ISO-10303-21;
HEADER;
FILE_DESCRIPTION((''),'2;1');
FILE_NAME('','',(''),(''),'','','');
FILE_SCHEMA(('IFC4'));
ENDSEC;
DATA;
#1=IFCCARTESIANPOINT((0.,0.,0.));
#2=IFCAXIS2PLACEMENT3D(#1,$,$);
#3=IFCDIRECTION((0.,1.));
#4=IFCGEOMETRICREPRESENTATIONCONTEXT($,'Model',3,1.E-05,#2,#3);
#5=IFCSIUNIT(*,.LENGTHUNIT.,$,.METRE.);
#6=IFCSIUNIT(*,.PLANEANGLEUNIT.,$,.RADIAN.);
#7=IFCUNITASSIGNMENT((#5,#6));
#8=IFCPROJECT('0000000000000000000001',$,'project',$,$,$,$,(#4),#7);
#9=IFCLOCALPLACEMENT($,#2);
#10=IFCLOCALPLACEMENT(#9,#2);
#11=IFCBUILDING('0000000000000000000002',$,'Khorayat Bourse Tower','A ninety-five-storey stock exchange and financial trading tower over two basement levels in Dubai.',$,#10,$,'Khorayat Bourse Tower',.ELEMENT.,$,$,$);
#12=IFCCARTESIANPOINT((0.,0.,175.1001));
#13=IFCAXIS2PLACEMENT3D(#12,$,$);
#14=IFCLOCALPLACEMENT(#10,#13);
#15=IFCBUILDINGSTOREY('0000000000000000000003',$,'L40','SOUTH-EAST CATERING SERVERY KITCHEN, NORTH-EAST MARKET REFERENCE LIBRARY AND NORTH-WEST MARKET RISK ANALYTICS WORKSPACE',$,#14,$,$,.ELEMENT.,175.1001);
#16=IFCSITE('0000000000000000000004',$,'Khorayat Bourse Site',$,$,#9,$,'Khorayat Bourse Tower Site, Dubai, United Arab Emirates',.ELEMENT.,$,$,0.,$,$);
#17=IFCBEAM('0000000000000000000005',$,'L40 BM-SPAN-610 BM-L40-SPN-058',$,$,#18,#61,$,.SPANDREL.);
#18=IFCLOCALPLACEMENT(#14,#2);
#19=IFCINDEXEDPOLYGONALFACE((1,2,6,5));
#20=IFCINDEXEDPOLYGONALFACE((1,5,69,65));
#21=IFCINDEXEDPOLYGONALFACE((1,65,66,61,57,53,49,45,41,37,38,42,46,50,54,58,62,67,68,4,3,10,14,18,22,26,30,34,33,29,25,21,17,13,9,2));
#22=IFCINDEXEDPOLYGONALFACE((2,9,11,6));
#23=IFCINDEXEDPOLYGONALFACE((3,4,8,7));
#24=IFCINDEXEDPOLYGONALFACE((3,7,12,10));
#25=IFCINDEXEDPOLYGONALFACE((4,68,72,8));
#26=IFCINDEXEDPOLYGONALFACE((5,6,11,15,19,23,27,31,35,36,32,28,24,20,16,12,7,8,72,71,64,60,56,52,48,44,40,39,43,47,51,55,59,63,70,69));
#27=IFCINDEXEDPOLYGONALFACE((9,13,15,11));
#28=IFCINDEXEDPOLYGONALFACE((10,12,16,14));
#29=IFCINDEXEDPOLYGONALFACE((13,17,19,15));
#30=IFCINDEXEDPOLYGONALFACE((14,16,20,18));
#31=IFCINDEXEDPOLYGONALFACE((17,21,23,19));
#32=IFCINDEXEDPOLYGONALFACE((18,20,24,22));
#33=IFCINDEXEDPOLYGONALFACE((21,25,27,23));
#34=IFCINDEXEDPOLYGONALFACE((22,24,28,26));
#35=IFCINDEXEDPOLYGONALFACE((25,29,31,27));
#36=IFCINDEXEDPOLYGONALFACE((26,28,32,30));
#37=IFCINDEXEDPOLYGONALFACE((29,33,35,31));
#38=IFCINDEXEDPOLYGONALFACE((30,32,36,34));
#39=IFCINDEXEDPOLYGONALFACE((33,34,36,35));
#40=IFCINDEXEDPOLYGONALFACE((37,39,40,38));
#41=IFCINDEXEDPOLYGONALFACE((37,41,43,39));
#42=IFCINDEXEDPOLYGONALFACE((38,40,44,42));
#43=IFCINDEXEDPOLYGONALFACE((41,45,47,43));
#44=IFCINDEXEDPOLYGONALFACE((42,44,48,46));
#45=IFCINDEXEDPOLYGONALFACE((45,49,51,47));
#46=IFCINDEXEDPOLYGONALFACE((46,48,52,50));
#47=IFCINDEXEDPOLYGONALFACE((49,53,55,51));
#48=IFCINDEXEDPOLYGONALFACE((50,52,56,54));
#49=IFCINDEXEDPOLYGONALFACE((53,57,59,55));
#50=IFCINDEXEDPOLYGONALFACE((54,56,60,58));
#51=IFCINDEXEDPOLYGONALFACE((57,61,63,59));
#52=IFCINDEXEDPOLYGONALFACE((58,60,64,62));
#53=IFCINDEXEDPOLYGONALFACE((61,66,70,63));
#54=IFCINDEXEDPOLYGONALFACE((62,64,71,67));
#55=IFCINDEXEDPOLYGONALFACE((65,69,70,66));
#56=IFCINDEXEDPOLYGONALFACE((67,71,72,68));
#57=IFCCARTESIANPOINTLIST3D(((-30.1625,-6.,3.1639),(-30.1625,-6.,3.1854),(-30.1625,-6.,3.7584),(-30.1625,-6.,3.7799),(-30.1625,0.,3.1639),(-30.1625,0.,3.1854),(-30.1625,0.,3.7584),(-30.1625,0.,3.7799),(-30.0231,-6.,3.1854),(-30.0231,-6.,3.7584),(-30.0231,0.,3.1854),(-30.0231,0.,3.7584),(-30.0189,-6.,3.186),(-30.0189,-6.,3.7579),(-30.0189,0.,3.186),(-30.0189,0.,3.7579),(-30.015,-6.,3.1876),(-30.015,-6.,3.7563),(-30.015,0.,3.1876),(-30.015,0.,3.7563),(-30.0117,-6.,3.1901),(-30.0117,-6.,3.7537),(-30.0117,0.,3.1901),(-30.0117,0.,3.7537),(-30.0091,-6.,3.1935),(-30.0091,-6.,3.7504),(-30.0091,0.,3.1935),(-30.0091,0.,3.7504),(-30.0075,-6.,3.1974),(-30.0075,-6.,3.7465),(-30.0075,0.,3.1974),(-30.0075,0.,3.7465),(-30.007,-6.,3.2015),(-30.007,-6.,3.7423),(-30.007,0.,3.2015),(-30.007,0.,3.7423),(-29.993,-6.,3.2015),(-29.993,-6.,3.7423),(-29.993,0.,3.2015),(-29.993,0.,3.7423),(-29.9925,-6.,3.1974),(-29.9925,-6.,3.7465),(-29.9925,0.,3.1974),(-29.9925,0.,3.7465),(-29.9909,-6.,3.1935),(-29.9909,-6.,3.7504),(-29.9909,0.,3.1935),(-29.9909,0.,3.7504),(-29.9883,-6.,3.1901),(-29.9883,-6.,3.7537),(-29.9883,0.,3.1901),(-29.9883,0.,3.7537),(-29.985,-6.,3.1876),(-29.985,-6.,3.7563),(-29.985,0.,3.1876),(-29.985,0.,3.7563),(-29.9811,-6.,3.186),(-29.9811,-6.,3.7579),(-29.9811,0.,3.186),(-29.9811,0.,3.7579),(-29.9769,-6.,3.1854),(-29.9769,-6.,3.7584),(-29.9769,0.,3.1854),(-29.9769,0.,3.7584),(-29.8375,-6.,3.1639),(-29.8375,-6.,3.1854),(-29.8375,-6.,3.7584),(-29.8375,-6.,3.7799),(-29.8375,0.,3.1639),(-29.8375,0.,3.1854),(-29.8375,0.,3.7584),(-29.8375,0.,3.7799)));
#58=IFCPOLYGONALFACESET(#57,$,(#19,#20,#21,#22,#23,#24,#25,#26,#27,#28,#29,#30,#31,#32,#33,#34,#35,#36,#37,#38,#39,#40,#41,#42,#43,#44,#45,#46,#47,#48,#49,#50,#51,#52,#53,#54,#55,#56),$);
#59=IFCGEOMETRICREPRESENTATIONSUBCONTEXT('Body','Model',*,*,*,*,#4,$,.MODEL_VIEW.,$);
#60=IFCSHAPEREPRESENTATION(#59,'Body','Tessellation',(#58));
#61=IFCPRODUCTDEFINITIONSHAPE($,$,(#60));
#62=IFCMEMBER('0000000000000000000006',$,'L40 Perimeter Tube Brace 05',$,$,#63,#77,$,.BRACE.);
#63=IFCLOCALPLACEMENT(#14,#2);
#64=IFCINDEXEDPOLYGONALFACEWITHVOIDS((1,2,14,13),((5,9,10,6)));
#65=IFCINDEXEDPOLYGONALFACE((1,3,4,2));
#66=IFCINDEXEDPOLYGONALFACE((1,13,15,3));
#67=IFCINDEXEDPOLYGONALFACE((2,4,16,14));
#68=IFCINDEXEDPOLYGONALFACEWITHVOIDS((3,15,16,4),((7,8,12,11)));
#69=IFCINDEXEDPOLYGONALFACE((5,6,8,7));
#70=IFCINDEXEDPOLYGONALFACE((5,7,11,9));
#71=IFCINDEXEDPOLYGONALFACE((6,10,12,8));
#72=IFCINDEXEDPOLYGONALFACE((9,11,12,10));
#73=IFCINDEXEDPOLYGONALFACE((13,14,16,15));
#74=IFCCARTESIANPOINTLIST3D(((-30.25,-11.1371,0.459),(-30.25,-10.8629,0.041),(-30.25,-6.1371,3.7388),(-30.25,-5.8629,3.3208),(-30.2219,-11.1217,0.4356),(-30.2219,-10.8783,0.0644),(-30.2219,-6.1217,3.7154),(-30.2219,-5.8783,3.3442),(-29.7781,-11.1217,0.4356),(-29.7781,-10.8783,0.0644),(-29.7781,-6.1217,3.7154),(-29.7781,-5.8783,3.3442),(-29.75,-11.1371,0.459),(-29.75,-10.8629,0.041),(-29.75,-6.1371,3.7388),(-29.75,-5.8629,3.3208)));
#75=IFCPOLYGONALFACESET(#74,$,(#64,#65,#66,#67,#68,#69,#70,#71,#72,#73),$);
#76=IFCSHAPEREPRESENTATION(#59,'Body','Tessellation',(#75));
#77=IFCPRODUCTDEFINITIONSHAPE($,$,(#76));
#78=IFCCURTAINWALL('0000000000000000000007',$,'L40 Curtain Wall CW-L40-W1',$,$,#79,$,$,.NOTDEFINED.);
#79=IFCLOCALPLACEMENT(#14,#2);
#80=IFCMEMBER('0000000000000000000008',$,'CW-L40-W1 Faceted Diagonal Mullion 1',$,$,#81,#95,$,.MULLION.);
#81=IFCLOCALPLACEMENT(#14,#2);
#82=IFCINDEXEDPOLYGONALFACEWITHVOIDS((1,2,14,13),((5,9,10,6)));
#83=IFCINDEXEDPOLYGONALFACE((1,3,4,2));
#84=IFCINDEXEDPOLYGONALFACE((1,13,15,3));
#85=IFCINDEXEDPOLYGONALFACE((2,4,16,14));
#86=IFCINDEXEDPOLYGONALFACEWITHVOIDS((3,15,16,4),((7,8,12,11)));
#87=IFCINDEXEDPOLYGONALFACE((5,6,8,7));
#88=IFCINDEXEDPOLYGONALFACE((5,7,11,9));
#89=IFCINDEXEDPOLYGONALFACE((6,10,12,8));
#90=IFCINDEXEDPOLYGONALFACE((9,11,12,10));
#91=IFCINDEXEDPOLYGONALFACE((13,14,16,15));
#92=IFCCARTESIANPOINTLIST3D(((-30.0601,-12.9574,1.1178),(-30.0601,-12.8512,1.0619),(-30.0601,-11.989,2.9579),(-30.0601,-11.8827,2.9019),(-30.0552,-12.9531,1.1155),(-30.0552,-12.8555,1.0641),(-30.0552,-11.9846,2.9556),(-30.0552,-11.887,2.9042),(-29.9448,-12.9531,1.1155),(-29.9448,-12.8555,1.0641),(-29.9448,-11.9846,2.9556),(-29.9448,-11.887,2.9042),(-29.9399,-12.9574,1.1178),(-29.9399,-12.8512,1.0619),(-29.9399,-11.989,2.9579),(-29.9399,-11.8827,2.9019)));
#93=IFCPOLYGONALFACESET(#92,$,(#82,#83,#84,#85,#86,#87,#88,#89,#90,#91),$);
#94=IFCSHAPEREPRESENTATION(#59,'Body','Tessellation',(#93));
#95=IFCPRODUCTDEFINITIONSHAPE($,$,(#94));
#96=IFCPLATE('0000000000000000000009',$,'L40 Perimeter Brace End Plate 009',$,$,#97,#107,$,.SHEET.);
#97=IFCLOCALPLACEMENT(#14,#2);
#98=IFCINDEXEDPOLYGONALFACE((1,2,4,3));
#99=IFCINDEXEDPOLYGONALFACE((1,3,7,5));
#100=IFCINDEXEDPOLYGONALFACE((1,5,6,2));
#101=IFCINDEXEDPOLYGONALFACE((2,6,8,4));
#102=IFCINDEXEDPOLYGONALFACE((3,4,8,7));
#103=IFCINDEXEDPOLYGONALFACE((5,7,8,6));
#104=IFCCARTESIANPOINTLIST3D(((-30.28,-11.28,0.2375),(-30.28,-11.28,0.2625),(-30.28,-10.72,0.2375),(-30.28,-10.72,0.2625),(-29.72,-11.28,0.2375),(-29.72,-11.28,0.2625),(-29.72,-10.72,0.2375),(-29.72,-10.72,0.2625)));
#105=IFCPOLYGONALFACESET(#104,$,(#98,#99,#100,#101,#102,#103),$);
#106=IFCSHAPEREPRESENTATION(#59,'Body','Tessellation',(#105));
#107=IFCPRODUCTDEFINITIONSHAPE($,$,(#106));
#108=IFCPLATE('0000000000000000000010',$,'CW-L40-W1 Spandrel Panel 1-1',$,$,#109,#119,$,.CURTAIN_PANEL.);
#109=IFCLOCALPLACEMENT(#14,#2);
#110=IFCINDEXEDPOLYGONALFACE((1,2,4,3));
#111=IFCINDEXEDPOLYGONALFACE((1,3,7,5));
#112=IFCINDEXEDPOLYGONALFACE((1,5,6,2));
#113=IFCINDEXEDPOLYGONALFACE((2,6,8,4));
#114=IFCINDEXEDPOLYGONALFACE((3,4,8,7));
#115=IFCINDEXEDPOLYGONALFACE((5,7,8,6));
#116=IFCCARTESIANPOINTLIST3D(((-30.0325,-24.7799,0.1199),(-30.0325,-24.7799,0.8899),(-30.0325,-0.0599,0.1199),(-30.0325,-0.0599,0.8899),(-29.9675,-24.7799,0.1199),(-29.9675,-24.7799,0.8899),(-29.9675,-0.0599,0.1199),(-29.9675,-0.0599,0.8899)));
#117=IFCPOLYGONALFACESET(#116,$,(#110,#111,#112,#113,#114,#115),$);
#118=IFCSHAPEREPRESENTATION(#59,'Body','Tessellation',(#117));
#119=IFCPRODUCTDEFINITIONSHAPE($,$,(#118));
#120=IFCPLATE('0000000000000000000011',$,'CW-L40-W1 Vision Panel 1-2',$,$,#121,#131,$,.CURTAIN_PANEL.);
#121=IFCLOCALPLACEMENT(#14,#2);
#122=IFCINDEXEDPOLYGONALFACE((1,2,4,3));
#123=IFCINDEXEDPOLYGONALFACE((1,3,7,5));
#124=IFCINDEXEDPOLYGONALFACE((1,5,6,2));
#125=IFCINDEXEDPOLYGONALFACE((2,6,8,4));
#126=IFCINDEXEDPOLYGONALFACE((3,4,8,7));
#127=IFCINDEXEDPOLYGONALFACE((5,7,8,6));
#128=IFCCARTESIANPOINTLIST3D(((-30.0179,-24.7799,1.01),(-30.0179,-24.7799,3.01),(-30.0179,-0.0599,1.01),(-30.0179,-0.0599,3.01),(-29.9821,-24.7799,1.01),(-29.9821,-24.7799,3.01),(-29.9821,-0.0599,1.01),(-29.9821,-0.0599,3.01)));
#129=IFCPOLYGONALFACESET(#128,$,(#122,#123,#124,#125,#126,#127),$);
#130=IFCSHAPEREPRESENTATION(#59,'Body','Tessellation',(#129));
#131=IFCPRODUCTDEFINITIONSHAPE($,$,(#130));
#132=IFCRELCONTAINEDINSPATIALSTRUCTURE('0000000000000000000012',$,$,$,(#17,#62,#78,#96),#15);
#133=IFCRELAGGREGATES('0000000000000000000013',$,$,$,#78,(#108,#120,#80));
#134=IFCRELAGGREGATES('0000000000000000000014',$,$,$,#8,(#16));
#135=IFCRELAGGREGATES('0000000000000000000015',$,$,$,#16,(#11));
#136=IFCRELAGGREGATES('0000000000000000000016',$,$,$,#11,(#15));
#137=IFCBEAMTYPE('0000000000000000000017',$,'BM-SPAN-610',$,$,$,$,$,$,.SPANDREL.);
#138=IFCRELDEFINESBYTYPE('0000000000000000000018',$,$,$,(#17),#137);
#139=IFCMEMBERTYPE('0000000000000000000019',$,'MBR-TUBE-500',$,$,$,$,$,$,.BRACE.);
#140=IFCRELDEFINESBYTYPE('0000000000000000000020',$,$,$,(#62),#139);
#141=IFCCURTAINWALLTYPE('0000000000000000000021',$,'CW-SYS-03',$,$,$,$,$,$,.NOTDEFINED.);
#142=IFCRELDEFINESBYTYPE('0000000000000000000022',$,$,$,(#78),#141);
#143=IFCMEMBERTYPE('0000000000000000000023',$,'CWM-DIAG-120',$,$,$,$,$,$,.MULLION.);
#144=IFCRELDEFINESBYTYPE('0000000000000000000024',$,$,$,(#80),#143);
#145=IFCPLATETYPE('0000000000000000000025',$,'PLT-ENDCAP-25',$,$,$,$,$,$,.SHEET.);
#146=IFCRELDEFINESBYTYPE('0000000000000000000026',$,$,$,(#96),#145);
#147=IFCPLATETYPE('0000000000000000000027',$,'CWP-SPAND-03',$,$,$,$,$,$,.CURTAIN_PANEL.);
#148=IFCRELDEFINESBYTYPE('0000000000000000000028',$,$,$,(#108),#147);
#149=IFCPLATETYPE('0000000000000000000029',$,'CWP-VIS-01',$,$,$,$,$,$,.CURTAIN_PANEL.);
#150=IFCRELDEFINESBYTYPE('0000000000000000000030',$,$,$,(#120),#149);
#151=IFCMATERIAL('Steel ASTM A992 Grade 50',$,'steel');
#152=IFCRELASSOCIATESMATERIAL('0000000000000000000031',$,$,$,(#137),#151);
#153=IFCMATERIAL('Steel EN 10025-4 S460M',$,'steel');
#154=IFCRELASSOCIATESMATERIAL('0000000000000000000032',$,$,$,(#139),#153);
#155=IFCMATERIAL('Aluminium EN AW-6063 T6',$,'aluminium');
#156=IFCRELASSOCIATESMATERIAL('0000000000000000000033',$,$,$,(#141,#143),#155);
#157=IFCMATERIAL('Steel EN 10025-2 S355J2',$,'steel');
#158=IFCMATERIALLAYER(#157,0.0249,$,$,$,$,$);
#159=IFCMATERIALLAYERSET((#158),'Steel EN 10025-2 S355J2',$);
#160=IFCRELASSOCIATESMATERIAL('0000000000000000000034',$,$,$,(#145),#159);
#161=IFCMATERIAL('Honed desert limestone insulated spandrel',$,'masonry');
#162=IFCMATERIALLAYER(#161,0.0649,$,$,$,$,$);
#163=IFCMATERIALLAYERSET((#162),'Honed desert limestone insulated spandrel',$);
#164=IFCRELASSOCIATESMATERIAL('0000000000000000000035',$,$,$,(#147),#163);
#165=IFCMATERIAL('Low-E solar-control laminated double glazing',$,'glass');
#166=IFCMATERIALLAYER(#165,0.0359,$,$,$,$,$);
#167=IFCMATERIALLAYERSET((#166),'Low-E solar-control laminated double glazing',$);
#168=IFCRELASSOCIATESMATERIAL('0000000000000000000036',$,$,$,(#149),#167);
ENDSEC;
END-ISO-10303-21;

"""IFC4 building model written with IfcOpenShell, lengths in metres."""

from ifc_helpers import new_model, si_unit, direction, frame, origin, origin_2d, place, context, subcontext, project, spatial, rectangle, hollow_rectangle, i_section, extrude, source, transform, mapped, material, layer, layer_set, material_profile, profile_set, type_object, element, aggregate, save


model = new_model("IFC4")

# Units and contexts
model_context = context("Model", 3, precision=1e-05, world=origin(), true_north=direction((0.0, 1.0)))
body_context = subcontext(model_context, "Body", "Model", "MODEL_VIEW")
ifc_project = project(units=[si_unit("LENGTHUNIT", "METRE"), si_unit("PLANEANGLEUNIT", "RADIAN")], contexts=[model_context])

# Site, building, storey
site_placement = place(None, origin())
site = spatial("IfcSite", under=ifc_project, at=site_placement, Name="Khorayat Bourse Site", LongName="Khorayat Bourse Tower Site, Dubai, United Arab Emirates", CompositionType="ELEMENT", RefElevation=0.0)
building_placement = place(site_placement, origin())
building = spatial("IfcBuilding", under=site, at=building_placement, Name="Khorayat Bourse Tower", Description="A ninety-five-storey stock exchange and financial trading tower over two basement levels in Dubai.", LongName="Khorayat Bourse Tower", CompositionType="ELEMENT")
storey_placement = place(building_placement, frame((0.0, 0.0, 175.1001)))
storey = spatial("IfcBuildingStorey", under=building, at=storey_placement, Name="L40", Description="SOUTH-EAST CATERING SERVERY KITCHEN, NORTH-EAST MARKET REFERENCE LIBRARY AND NORTH-WEST MARKET RISK ANALYTICS WORKSPACE", CompositionType="ELEMENT", Elevation=175.1001)

# Shared definitions
ifc_material_1 = material(Name="Steel EN 10025-4 S460M", Category="steel")

# Beam
ifc_material_2 = material(Name="Steel ASTM A992 Grade 50", Category="steel")
ifc_material_profile_1 = material_profile(ifc_material_2, i_section(OverallWidth=0.325, OverallDepth=0.616, WebThickness=0.0139, FlangeThickness=0.0215, FilletRadius=0.0161, at=origin_2d()), Name="W610X174")
ifc_profile_set_1 = profile_set([ifc_material_profile_1], Name="Steel ASTM A992 Grade 50")
beam_type_1 = type_object("IfcBeamType", Name="BM-SPAN-610", PredefinedType="SPANDREL", material=ifc_profile_set_1)
shared_shape_1 = source(origin(), body_context, "Body", "SweptSolid", [
    extrude(i_section(OverallWidth=0.325, OverallDepth=0.616, WebThickness=0.0139, FlangeThickness=0.0215, FilletRadius=0.0161, at=origin_2d()), origin(), (0.0, 0.0, 1.0), 6.0),
])
beam_1_placement = place(storey_placement, frame((-30.0, -6.0, 3.4719), z_axis=(0.0, 1.0, 0.0), x_axis=(-1.0, 0.0, 0.0)))
element("IfcBeam", 1, at=beam_1_placement, inside=storey, type_object=beam_type_1, Name="L40 BM-SPAN-610 BM-L40-SPN-058", PredefinedType="SPANDREL", context=body_context, shape_type="MappedRepresentation", body=[
    mapped(shared_shape_1, transform((0.0, 0.0, 0.0), scale=1.0)),
])

# Member
ifc_material_profile_2 = material_profile(ifc_material_1, hollow_rectangle(XDim=0.5, YDim=0.5, WallThickness=0.0281, at=origin_2d()), Name="HSS 500x500x28")
ifc_profile_set_2 = profile_set([ifc_material_profile_2], Name="Steel EN 10025-4 S460M")
member_type_1 = type_object("IfcMemberType", Name="MBR-TUBE-500", PredefinedType="BRACE", material=ifc_profile_set_2)
shared_shape_2 = source(origin(), body_context, "Body", "SweptSolid", [
    extrude(hollow_rectangle(XDim=0.5, YDim=0.5, WallThickness=0.0281, at=origin_2d()), origin(), (0.0, 0.0, 1.0), 5.9797),
])
member_1_placement = place(storey_placement, frame((-30.0, -11.0, 0.25), z_axis=(0.0, 0.83616, 0.548485), x_axis=(-1.0, 0.0, 0.0)))
element("IfcMember", 2, at=member_1_placement, inside=storey, type_object=member_type_1, Name="L40 Perimeter Tube Brace 05", PredefinedType="BRACE", context=body_context, shape_type="MappedRepresentation", body=[
    mapped(shared_shape_2, transform((0.0, 0.0, 0.0), scale=1.0)),
])

# Curtain wall, member
ifc_material_3 = material(Name="Aluminium EN AW-6063 T6", Category="aluminium")
curtain_wall_type = type_object("IfcCurtainWallType", Name="CW-SYS-03", PredefinedType="NOTDEFINED", material=ifc_material_3)
curtain_wall_placement = place(storey_placement, origin())
curtain_wall = element("IfcCurtainWall", 3, at=curtain_wall_placement, inside=storey, type_object=curtain_wall_type, Name="L40 Curtain Wall CW-L40-W1", PredefinedType="NOTDEFINED")
ifc_material_profile_3 = material_profile(ifc_material_3, hollow_rectangle(XDim=0.1201, YDim=0.1201, WallThickness=0.0049, at=origin_2d()), Name="ALU 120x120x5")
ifc_profile_set_3 = profile_set([ifc_material_profile_3], Name="Aluminium EN AW-6063 T6")
member_type_2 = type_object("IfcMemberType", Name="CWM-DIAG-120", PredefinedType="MULLION", material=ifc_profile_set_3)
shared_shape_3 = source(origin(), body_context, "Body", "SweptSolid", [
    extrude(hollow_rectangle(XDim=0.1201, YDim=0.1201, WallThickness=0.0049, at=origin_2d()), origin(), (0.0, 0.0, 1.0), 2.0793),
])
member_2_placement = place(storey_placement, frame((-30.0, -12.9043, 1.0898), z_axis=(0.0, 0.465761, 0.884911), x_axis=(-1.0, 0.0, 0.0)))
member_2 = element("IfcMember", 4, at=member_2_placement, type_object=member_type_2, Name="CW-L40-W1 Faceted Diagonal Mullion 1", PredefinedType="MULLION", context=body_context, shape_type="MappedRepresentation", body=[
    mapped(shared_shape_3, transform((0.0, 0.0, 0.0), scale=1.0)),
])

# Plates
ifc_material_4 = material(Name="Steel EN 10025-2 S355J2", Category="steel")
ifc_layer_1 = layer(ifc_material_4, 0.0249)
ifc_layer_set_1 = layer_set([ifc_layer_1], Name="Steel EN 10025-2 S355J2")
plate_type_1 = type_object("IfcPlateType", Name="PLT-ENDCAP-25", PredefinedType="SHEET", material=ifc_layer_set_1)
shared_shape_4 = source(origin(), body_context, "Body", "SweptSolid", [
    extrude(rectangle(XDim=0.5601, YDim=0.5601, at=origin_2d()), origin(), (0.0, 0.0, 1.0), 0.0249),
])
plate_1_placement = place(storey_placement, frame((-30.0, -11.0, 0.2375), z_axis=(0.0, 0.0, 1.0), x_axis=(1.0, 0.0, 0.0)))
element("IfcPlate", 5, at=plate_1_placement, inside=storey, type_object=plate_type_1, Name="L40 Perimeter Brace End Plate 009", PredefinedType="SHEET", context=body_context, shape_type="MappedRepresentation", body=[
    mapped(shared_shape_4, transform((0.0, 0.0, 0.0), scale=1.0)),
])
ifc_material_5 = material(Name="Honed desert limestone insulated spandrel", Category="masonry")
ifc_layer_2 = layer(ifc_material_5, 0.0649)
ifc_layer_set_2 = layer_set([ifc_layer_2], Name="Honed desert limestone insulated spandrel")
plate_type_2 = type_object("IfcPlateType", Name="CWP-SPAND-03", PredefinedType="CURTAIN_PANEL", material=ifc_layer_set_2)
shared_shape_5 = source(origin(), body_context, "Body", "SweptSolid", [
    extrude(rectangle(XDim=24.72, YDim=0.0649, at=origin_2d()), origin(), (0.0, 0.0, 1.0), 0.77),
])
plate_2_placement = place(storey_placement, frame((-30.0, -12.4199, 0.1199), z_axis=(0.0, 0.0, 1.0), x_axis=(0.0, 1.0, 0.0)))
plate_2 = element("IfcPlate", 6, at=plate_2_placement, type_object=plate_type_2, Name="CW-L40-W1 Spandrel Panel 1-1", PredefinedType="CURTAIN_PANEL", context=body_context, shape_type="MappedRepresentation", body=[
    mapped(shared_shape_5, transform((0.0, 0.0, 0.0), scale=1.0)),
])
ifc_material_6 = material(Name="Low-E solar-control laminated double glazing", Category="glass")
ifc_layer_3 = layer(ifc_material_6, 0.0359)
ifc_layer_set_3 = layer_set([ifc_layer_3], Name="Low-E solar-control laminated double glazing")
plate_type_3 = type_object("IfcPlateType", Name="CWP-VIS-01", PredefinedType="CURTAIN_PANEL", material=ifc_layer_set_3)
shared_shape_6 = source(origin(), body_context, "Body", "SweptSolid", [
    extrude(rectangle(XDim=24.72, YDim=0.0359, at=origin_2d()), origin(), (0.0, 0.0, 1.0), 2.0),
])
plate_3_placement = place(storey_placement, frame((-30.0, -12.4199, 1.01), z_axis=(0.0, 0.0, 1.0), x_axis=(0.0, 1.0, 0.0)))
plate_3 = element("IfcPlate", 7, at=plate_3_placement, type_object=plate_type_3, Name="CW-L40-W1 Vision Panel 1-2", PredefinedType="CURTAIN_PANEL", context=body_context, shape_type="MappedRepresentation", body=[
    mapped(shared_shape_6, transform((0.0, 0.0, 0.0), scale=1.0)),
])
aggregate(curtain_wall, [plate_2, plate_3, member_2])

save(model, "model.ifc")
